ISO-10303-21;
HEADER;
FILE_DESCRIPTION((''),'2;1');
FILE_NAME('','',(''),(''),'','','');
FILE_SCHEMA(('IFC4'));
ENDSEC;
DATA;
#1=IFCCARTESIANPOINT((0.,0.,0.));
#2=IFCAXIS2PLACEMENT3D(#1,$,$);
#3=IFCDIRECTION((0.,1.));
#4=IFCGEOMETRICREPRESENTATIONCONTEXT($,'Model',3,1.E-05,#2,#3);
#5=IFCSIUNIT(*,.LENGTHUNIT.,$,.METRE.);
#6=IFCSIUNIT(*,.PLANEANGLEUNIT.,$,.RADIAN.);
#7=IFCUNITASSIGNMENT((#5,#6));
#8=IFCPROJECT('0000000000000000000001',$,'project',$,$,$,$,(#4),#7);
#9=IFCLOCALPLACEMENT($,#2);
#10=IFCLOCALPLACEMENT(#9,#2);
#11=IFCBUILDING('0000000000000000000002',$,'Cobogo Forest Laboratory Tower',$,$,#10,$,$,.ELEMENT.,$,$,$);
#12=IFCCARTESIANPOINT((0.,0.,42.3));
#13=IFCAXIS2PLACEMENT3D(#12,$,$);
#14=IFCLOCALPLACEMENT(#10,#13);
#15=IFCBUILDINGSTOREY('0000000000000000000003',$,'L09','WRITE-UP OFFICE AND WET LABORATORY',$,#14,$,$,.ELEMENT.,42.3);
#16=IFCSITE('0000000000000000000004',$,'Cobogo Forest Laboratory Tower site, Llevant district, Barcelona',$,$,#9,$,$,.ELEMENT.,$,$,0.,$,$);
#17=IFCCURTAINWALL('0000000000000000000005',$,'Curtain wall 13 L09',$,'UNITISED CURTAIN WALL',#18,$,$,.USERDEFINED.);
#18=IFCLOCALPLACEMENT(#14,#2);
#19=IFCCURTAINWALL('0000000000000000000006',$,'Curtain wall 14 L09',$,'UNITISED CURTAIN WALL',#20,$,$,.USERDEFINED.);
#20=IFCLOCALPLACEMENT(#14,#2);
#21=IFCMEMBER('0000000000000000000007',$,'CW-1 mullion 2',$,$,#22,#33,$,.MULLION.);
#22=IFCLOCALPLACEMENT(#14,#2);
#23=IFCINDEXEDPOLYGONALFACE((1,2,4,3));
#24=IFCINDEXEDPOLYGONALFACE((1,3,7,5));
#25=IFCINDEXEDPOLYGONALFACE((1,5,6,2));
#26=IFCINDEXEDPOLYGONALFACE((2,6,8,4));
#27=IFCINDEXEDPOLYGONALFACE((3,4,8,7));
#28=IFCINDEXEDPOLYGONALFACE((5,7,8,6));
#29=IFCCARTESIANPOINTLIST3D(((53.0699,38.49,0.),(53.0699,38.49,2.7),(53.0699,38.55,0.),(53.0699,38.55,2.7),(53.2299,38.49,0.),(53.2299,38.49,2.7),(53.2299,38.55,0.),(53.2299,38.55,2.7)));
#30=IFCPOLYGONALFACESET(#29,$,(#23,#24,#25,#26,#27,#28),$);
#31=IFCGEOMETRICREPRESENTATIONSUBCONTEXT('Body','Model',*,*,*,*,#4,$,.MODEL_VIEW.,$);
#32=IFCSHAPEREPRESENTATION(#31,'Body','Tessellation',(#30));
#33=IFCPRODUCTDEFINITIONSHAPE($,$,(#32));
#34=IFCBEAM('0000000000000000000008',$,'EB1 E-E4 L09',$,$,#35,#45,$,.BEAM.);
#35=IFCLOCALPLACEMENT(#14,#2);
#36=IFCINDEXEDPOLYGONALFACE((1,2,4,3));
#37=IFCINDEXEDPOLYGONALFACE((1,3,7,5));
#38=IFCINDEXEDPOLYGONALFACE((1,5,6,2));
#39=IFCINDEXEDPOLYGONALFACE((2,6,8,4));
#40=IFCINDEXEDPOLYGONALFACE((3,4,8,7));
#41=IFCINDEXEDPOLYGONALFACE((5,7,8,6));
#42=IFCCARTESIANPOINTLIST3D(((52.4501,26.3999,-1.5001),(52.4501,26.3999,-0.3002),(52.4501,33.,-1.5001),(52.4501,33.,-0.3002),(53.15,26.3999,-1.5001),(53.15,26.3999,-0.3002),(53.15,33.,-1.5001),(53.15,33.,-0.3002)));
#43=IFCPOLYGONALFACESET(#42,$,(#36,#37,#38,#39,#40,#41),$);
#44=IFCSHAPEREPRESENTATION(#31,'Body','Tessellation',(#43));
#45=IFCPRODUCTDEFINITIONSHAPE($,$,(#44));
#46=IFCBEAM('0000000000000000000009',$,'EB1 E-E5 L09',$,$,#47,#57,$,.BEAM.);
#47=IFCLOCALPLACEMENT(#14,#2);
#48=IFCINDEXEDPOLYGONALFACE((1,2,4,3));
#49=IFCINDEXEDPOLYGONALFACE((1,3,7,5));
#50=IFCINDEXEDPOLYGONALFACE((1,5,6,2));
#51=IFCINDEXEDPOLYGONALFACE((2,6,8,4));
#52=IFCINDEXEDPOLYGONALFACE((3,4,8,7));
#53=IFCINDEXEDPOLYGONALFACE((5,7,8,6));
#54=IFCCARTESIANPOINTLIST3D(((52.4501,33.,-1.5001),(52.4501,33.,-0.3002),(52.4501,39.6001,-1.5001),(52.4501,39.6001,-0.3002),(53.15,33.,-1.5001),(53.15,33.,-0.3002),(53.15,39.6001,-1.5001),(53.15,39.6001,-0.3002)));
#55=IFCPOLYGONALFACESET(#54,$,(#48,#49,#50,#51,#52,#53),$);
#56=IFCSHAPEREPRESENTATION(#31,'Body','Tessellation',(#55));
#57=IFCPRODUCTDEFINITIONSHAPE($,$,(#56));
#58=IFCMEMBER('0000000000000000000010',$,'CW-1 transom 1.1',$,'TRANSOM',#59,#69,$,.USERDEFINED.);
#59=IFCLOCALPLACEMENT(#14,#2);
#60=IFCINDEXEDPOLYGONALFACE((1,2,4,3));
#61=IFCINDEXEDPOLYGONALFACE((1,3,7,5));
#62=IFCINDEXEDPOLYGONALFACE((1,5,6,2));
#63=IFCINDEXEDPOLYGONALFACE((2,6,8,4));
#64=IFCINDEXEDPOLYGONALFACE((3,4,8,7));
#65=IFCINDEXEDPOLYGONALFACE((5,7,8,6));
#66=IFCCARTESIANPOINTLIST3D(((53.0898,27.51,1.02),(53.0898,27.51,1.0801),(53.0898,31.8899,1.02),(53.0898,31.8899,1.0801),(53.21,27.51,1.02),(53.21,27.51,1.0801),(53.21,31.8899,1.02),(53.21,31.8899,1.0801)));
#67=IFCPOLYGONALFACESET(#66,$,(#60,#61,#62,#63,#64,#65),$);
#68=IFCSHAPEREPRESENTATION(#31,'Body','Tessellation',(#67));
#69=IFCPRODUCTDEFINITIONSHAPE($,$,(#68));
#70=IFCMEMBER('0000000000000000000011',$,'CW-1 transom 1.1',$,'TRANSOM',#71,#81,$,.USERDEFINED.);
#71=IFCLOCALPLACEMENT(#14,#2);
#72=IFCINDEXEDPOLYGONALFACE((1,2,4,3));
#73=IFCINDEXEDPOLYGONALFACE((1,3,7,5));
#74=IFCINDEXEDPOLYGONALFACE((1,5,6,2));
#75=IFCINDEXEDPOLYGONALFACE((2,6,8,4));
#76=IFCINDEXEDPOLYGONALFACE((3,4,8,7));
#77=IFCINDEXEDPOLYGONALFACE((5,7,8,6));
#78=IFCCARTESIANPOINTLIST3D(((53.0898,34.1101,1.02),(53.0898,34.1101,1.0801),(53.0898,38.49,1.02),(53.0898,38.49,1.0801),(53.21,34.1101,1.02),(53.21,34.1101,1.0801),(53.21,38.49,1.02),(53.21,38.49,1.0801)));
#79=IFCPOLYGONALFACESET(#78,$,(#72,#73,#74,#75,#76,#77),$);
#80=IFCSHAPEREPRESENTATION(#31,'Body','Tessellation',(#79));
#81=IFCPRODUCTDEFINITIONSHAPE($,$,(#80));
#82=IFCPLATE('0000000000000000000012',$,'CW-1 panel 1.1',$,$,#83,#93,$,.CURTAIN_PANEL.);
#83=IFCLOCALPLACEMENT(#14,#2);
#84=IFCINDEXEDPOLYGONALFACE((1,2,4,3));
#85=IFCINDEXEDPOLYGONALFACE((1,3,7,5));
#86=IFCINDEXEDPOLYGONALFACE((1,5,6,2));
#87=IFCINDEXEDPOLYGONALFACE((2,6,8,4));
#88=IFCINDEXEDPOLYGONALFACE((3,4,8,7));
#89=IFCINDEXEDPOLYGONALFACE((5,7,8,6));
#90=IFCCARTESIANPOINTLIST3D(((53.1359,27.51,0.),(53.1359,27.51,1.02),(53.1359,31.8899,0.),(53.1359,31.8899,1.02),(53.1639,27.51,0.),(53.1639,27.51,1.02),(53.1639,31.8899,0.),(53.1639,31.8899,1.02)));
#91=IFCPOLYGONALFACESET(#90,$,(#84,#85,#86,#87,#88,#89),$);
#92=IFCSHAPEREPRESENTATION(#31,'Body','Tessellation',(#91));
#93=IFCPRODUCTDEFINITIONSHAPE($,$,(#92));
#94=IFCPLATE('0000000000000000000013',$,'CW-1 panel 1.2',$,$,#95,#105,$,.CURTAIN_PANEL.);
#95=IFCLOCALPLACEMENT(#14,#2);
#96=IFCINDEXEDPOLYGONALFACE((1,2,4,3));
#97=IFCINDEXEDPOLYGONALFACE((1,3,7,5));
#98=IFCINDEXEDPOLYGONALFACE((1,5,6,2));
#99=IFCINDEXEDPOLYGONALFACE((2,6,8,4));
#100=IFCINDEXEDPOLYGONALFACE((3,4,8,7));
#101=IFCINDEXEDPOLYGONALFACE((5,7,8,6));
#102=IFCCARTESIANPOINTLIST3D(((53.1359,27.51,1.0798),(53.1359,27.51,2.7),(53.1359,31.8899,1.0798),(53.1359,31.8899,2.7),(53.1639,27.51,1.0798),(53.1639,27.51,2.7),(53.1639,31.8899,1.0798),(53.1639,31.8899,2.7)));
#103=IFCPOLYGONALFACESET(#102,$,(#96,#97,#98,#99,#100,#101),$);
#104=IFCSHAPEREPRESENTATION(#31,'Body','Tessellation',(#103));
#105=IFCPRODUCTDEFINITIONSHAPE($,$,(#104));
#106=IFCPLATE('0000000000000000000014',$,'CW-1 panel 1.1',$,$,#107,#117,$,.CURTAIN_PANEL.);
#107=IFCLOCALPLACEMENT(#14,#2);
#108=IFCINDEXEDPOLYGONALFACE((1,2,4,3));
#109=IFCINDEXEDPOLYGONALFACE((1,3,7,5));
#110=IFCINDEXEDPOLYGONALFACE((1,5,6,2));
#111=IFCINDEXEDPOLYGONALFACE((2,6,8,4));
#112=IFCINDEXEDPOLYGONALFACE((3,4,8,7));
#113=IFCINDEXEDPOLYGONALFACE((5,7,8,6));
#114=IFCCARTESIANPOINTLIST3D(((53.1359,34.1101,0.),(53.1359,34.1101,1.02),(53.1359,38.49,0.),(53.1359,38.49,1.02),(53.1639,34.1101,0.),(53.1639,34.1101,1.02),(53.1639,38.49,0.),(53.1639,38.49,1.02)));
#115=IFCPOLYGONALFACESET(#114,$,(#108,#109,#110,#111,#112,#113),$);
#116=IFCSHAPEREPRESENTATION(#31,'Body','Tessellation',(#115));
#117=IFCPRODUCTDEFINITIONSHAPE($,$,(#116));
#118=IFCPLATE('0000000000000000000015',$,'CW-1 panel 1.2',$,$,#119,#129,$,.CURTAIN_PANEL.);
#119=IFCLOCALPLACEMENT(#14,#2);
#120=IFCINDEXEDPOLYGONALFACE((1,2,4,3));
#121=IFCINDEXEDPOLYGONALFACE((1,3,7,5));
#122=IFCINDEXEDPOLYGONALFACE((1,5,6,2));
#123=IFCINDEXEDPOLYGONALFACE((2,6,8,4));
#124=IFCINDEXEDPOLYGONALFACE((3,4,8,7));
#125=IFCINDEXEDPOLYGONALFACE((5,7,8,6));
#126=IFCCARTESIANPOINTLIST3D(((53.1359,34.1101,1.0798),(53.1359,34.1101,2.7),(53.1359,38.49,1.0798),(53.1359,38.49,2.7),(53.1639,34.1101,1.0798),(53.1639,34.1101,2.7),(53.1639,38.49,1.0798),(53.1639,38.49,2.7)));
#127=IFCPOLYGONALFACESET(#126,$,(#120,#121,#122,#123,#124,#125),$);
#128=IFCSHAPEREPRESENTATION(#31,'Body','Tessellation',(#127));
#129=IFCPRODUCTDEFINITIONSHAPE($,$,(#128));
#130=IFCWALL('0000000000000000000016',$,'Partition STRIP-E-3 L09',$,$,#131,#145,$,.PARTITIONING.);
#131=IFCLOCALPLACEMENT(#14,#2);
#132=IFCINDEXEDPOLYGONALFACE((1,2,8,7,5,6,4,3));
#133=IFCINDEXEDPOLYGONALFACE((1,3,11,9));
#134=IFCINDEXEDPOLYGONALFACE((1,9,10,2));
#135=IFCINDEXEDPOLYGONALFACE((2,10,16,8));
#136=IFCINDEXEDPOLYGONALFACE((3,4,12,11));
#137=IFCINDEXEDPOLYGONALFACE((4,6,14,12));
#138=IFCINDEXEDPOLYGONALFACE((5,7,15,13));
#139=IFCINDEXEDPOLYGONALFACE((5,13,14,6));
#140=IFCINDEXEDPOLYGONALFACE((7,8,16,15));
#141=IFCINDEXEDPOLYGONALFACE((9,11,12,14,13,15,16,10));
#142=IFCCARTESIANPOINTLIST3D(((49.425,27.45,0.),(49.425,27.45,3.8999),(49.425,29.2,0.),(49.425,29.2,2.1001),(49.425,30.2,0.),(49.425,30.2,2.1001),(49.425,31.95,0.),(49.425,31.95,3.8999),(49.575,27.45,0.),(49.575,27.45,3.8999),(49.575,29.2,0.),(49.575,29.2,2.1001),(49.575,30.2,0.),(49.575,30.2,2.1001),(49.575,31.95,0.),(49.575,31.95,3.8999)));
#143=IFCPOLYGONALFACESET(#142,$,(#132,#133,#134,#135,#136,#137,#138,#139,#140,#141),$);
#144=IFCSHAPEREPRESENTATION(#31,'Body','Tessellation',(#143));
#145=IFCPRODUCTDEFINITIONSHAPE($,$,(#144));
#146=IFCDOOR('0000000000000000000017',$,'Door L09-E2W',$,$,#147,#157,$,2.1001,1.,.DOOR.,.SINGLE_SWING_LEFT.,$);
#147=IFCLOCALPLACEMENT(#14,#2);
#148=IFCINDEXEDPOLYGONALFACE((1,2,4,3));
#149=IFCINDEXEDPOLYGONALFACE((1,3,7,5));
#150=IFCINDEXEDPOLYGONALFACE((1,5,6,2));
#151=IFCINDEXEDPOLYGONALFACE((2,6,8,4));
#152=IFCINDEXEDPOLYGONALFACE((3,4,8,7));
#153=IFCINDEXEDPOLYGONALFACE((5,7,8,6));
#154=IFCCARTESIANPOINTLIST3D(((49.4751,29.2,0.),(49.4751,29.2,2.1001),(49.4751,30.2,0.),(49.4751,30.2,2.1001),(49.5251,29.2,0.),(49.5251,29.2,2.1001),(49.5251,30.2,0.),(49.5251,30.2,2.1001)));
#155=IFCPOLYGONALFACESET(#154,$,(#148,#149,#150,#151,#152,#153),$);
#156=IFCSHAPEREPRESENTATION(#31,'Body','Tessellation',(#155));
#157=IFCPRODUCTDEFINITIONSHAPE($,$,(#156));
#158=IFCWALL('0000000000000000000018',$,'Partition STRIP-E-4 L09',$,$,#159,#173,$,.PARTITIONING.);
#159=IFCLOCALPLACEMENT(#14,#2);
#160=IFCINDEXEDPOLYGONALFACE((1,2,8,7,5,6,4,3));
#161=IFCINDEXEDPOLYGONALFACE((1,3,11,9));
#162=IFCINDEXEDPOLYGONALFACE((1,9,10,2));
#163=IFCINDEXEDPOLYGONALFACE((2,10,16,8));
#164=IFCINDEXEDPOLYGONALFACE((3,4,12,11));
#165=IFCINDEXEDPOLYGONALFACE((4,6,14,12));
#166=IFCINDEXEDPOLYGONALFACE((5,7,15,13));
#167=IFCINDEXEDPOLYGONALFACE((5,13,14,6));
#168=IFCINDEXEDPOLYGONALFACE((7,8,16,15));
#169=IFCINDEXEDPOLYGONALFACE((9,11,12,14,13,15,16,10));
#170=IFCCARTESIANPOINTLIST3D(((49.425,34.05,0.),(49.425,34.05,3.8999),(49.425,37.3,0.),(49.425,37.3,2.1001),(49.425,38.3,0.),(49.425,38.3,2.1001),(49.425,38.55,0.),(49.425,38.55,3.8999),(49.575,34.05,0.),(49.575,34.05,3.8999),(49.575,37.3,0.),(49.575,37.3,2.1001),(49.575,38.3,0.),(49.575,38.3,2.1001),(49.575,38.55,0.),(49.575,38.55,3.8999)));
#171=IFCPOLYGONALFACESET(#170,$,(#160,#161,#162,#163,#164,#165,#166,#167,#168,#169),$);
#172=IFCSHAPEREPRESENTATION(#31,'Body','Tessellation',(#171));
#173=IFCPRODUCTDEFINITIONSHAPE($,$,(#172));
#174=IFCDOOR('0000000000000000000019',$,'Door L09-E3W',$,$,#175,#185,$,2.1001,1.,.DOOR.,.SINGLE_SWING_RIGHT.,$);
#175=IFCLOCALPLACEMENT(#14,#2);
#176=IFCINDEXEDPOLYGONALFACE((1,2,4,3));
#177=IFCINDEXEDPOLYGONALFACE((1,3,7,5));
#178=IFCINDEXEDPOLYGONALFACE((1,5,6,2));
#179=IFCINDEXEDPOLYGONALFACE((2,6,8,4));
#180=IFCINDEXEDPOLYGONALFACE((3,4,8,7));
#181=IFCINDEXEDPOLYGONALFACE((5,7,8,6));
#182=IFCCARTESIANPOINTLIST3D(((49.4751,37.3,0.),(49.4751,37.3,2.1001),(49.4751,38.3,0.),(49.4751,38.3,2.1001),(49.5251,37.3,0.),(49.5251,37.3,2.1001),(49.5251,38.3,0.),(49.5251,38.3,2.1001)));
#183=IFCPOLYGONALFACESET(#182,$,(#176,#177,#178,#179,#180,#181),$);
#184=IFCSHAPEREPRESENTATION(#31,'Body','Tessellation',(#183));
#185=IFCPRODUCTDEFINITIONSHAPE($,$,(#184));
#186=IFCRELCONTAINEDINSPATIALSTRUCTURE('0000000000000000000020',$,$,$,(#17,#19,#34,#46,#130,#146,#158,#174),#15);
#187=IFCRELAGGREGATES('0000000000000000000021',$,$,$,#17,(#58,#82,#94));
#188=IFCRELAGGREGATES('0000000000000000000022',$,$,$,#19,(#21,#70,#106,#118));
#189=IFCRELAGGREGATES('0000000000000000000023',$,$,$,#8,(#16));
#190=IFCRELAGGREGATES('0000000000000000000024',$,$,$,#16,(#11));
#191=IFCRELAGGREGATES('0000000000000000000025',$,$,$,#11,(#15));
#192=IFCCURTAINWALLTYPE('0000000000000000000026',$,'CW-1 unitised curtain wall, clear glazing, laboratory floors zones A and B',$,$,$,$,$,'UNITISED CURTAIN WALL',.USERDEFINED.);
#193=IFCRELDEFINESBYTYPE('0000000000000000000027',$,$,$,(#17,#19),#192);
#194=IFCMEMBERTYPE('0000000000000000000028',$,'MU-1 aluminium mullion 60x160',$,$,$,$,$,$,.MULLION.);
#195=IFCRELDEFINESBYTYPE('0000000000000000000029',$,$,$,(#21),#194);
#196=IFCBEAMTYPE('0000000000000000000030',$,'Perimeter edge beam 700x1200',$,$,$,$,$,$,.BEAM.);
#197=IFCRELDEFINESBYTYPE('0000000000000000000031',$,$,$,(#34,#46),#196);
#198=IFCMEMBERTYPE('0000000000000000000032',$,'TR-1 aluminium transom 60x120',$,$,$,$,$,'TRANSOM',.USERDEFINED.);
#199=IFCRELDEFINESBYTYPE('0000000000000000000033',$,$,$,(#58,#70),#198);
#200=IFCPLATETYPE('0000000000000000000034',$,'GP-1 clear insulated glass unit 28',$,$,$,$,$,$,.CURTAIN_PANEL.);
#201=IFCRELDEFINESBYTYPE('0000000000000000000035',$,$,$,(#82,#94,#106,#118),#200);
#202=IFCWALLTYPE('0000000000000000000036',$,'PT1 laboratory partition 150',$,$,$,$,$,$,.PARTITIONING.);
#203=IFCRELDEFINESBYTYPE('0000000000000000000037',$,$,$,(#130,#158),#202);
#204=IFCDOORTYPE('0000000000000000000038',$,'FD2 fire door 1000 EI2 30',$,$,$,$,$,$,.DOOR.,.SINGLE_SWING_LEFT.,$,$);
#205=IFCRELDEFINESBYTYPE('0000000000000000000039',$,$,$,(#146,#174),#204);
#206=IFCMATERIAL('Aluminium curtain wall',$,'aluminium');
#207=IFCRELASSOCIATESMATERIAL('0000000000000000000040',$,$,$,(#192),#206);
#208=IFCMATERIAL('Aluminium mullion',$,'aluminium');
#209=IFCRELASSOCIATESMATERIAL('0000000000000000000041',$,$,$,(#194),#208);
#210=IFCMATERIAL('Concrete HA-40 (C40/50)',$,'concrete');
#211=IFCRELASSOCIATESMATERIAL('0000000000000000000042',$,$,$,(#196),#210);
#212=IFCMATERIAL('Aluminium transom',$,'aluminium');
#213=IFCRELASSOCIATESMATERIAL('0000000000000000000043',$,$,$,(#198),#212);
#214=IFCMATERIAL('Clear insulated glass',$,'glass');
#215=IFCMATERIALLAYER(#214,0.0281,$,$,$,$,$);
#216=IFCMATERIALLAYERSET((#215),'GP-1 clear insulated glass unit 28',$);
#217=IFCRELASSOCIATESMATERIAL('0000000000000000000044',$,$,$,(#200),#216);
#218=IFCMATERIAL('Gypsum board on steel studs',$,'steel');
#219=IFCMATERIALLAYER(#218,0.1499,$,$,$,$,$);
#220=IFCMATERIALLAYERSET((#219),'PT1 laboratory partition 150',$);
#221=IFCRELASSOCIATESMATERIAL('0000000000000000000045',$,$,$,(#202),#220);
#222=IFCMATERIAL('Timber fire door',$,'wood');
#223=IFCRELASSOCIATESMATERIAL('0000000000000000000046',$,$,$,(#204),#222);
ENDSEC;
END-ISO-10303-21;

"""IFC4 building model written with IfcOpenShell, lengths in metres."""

from ifc_helpers import new_model, si_unit, direction, frame, frame_2d, origin, origin_2d, place, context, subcontext, project, spatial, rectangle, extrude, material, layer, layer_set, material_profile, profile_set, type_object, element, fill, aggregate, save


model = new_model("IFC4")

# Units and contexts
model_context = context("Model", 3, precision=1e-05, world=origin(), true_north=direction((0.0, 1.0)))
body_context = subcontext(model_context, "Body", "Model", "MODEL_VIEW")
ifc_project = project(units=[si_unit("LENGTHUNIT", "METRE"), si_unit("PLANEANGLEUNIT", "RADIAN")], contexts=[model_context])

# Site, building, storey
site_placement = place(None, origin())
site = spatial("IfcSite", under=ifc_project, at=site_placement, Name="Cobogo Forest Laboratory Tower site, Llevant district, Barcelona", CompositionType="ELEMENT", RefElevation=0.0)
building_placement = place(site_placement, origin())
building = spatial("IfcBuilding", under=site, at=building_placement, Name="Cobogo Forest Laboratory Tower", CompositionType="ELEMENT")
storey_placement = place(building_placement, frame((0.0, 0.0, 42.3)))
storey = spatial("IfcBuildingStorey", under=building, at=storey_placement, Name="L09", Description="WRITE-UP OFFICE AND WET LABORATORY", CompositionType="ELEMENT", Elevation=42.3)

# Shared definitions
ifc_material_1 = material(Name="Concrete HA-40 (C40/50)", Category="concrete")

# Curtain walls, member
ifc_material_2 = material(Name="Aluminium curtain wall", Category="aluminium")
curtain_wall_type = type_object("IfcCurtainWallType", Name="CW-1 unitised curtain wall, clear glazing, laboratory floors zones A and B", ElementType="UNITISED CURTAIN WALL", PredefinedType="USERDEFINED", material=ifc_material_2)
curtain_wall_1_placement = place(storey_placement, origin())
curtain_wall_1 = element("IfcCurtainWall", 1, at=curtain_wall_1_placement, inside=storey, type_object=curtain_wall_type, Name="Curtain wall 13 L09", ObjectType="UNITISED CURTAIN WALL", PredefinedType="USERDEFINED")
ifc_material_3 = material(Name="Aluminium mullion", Category="aluminium")
ifc_material_profile_1 = material_profile(ifc_material_3, rectangle(XDim=0.0601, YDim=0.1599, at=origin_2d()), Name="AL 60x160")
ifc_profile_set_1 = profile_set([ifc_material_profile_1], Name="Aluminium mullion")
member_type_1 = type_object("IfcMemberType", Name="MU-1 aluminium mullion 60x160", PredefinedType="MULLION", material=ifc_profile_set_1)
curtain_wall_2_placement = place(storey_placement, origin())
curtain_wall_2 = element("IfcCurtainWall", 2, at=curtain_wall_2_placement, inside=storey, type_object=curtain_wall_type, Name="Curtain wall 14 L09", ObjectType="UNITISED CURTAIN WALL", PredefinedType="USERDEFINED")
member_1_placement = place(storey_placement, frame((53.1499, 38.52, 0.0), z_axis=(0.0, 0.0, 1.0), x_axis=(0.0, 1.0, 0.0)))
member_1 = element("IfcMember", 3, at=member_1_placement, type_object=member_type_1, Name="CW-1 mullion 2", PredefinedType="MULLION", context=body_context, shape_type="SweptSolid", body=[
    extrude(rectangle(XDim=0.0601, YDim=0.1599, at=origin_2d()), origin(), (0.0, 0.0, 1.0), 2.7),
])

# Beams
ifc_material_profile_2 = material_profile(ifc_material_1, rectangle(XDim=0.7, YDim=1.2, at=origin_2d()), Name="RC 700x1200")
ifc_profile_set_2 = profile_set([ifc_material_profile_2], Name="Concrete HA-40 (C40/50)")
beam_type_1 = type_object("IfcBeamType", Name="Perimeter edge beam 700x1200", PredefinedType="BEAM", material=ifc_profile_set_2)
for number, where, z_axis, x_axis, name in (
    (4, (52.8, 26.3999, -0.9001), (0.0, 1.0, 0.0), (-1.0, 0.0, 0.0), "EB1 E-E4 L09"),
    (5, (52.8, 33.0, -0.9001), (0.0, 1.0, 0.0), (-1.0, 0.0, 0.0), "EB1 E-E5 L09"),
):
    element("IfcBeam", number, at=place(storey_placement, frame(where, z_axis=z_axis, x_axis=x_axis)), inside=storey, type_object=beam_type_1, Name=name, PredefinedType="BEAM", context=body_context, shape_type="SweptSolid", body=[
        extrude(rectangle(XDim=0.7, YDim=1.2, at=origin_2d()), origin(), (0.0, 0.0, 1.0), 6.6001),
    ])

# Members
ifc_material_4 = material(Name="Aluminium transom", Category="aluminium")
ifc_material_profile_3 = material_profile(ifc_material_4, rectangle(XDim=0.1201, YDim=0.0601, at=origin_2d()), Name="AL 60x120")
ifc_profile_set_3 = profile_set([ifc_material_profile_3], Name="Aluminium transom")
member_type_2 = type_object("IfcMemberType", Name="TR-1 aluminium transom 60x120", ElementType="TRANSOM", PredefinedType="USERDEFINED", material=ifc_profile_set_3)
member_2_placement = place(storey_placement, frame((53.1499, 27.51, 1.05), z_axis=(0.0, 1.0, 0.0), x_axis=(-1.0, 0.0, 0.0)))
member_2 = element("IfcMember", 6, at=member_2_placement, type_object=member_type_2, Name="CW-1 transom 1.1", ObjectType="TRANSOM", PredefinedType="USERDEFINED", context=body_context, shape_type="SweptSolid", body=[
    extrude(rectangle(XDim=0.1201, YDim=0.0601, at=origin_2d()), origin(), (0.0, 0.0, 1.0), 4.3799),
])
member_3_placement = place(storey_placement, frame((53.1499, 34.1101, 1.05), z_axis=(0.0, 1.0, 0.0), x_axis=(-1.0, 0.0, 0.0)))
member_3 = element("IfcMember", 7, at=member_3_placement, type_object=member_type_2, Name="CW-1 transom 1.1", ObjectType="TRANSOM", PredefinedType="USERDEFINED", context=body_context, shape_type="SweptSolid", body=[
    extrude(rectangle(XDim=0.1201, YDim=0.0601, at=origin_2d()), origin(), (0.0, 0.0, 1.0), 4.3799),
])

# Plates
ifc_material_5 = material(Name="Clear insulated glass", Category="glass")
ifc_layer_1 = layer(ifc_material_5, 0.0281)
ifc_layer_set_1 = layer_set([ifc_layer_1], Name="GP-1 clear insulated glass unit 28")
plate_type_1 = type_object("IfcPlateType", Name="GP-1 clear insulated glass unit 28", PredefinedType="CURTAIN_PANEL", material=ifc_layer_set_1)
plate_1_placement = place(storey_placement, frame((53.1499, 29.7, 0.0), z_axis=(0.0, 0.0, 1.0), x_axis=(0.0, 1.0, 0.0)))
plate_1 = element("IfcPlate", 8, at=plate_1_placement, type_object=plate_type_1, Name="CW-1 panel 1.1", PredefinedType="CURTAIN_PANEL", context=body_context, shape_type="SweptSolid", body=[
    extrude(rectangle(XDim=4.3799, YDim=0.0281, at=origin_2d()), origin(), (0.0, 0.0, 1.0), 1.02),
])
plate_2_placement = place(storey_placement, frame((53.1499, 29.7, 1.0798), z_axis=(0.0, 0.0, 1.0), x_axis=(0.0, 1.0, 0.0)))
plate_2 = element("IfcPlate", 9, at=plate_2_placement, type_object=plate_type_1, Name="CW-1 panel 1.2", PredefinedType="CURTAIN_PANEL", context=body_context, shape_type="SweptSolid", body=[
    extrude(rectangle(XDim=4.3799, YDim=0.0281, at=origin_2d()), origin(), (0.0, 0.0, 1.0), 1.6201),
])
aggregate(curtain_wall_1, [member_2, plate_1, plate_2])
plate_3_placement = place(storey_placement, frame((53.1499, 36.3, 0.0), z_axis=(0.0, 0.0, 1.0), x_axis=(0.0, 1.0, 0.0)))
plate_3 = element("IfcPlate", 10, at=plate_3_placement, type_object=plate_type_1, Name="CW-1 panel 1.1", PredefinedType="CURTAIN_PANEL", context=body_context, shape_type="SweptSolid", body=[
    extrude(rectangle(XDim=4.3799, YDim=0.0281, at=origin_2d()), origin(), (0.0, 0.0, 1.0), 1.02),
])
plate_4_placement = place(storey_placement, frame((53.1499, 36.3, 1.0798), z_axis=(0.0, 0.0, 1.0), x_axis=(0.0, 1.0, 0.0)))
plate_4 = element("IfcPlate", 11, at=plate_4_placement, type_object=plate_type_1, Name="CW-1 panel 1.2", PredefinedType="CURTAIN_PANEL", context=body_context, shape_type="SweptSolid", body=[
    extrude(rectangle(XDim=4.3799, YDim=0.0281, at=origin_2d()), origin(), (0.0, 0.0, 1.0), 1.6201),
])
aggregate(curtain_wall_2, [member_1, member_3, plate_3, plate_4])

# Walls, openings, doors
ifc_material_6 = material(Name="Gypsum board on steel studs", Category="steel")
ifc_layer_2 = layer(ifc_material_6, 0.1499)
ifc_layer_set_2 = layer_set([ifc_layer_2], Name="PT1 laboratory partition 150")
wall_type = type_object("IfcWallType", Name="PT1 laboratory partition 150", PredefinedType="PARTITIONING", material=ifc_layer_set_2)
wall_1_placement = place(storey_placement, frame((49.5, 27.45, 0.0), z_axis=(0.0, 0.0, 1.0), x_axis=(0.0, 1.0, 0.0)))
wall_1 = element("IfcWall", 12, at=wall_1_placement, inside=storey, type_object=wall_type, Name="Partition STRIP-E-3 L09", PredefinedType="PARTITIONING", context=body_context, shape_type="SweptSolid", body=[
    extrude(rectangle(XDim=4.5, YDim=0.1499, at=frame_2d((2.25, 0.0))), origin(), (0.0, 0.0, 1.0), 3.8999),
])
opening_1_placement = place(wall_1_placement, frame((1.75, 0.0, 0.0)))
opening_1 = element("IfcOpeningElement", 13, at=opening_1_placement, cuts=wall_1, PredefinedType="OPENING", context=body_context, shape_type="SweptSolid", body=[
    extrude(rectangle(XDim=1.0, YDim=2.1001, at=frame_2d((0.5, 1.05))), frame((0.0, 0.085, 0.0), z_axis=(0.0, -1.0, 0.0), x_axis=(1.0, 0.0, 0.0)), (0.0, 0.0, 1.0), 0.1699),
])
ifc_material_7 = material(Name="Timber fire door", Category="wood")
door_type = type_object("IfcDoorType", Name="FD2 fire door 1000 EI2 30", OperationType="SINGLE_SWING_LEFT", PredefinedType="DOOR", material=ifc_material_7)
door_1_placement = place(opening_1_placement, origin())
door_1 = element("IfcDoor", 14, at=door_1_placement, inside=storey, type_object=door_type, Name="Door L09-E2W", OperationType="SINGLE_SWING_LEFT", OverallHeight=2.1001, OverallWidth=1.0, PredefinedType="DOOR", context=body_context, shape_type="SweptSolid", body=[
    extrude(rectangle(XDim=1.0, YDim=2.1001, at=frame_2d((0.5, 1.05))), frame((0.0, 0.0249, 0.0), z_axis=(0.0, -1.0, 0.0), x_axis=(1.0, 0.0, 0.0)), (0.0, 0.0, 1.0), 0.05),
])
fill(opening_1, door_1)
wall_2_placement = place(storey_placement, frame((49.5, 34.05, 0.0), z_axis=(0.0, 0.0, 1.0), x_axis=(0.0, 1.0, 0.0)))
wall_2 = element("IfcWall", 15, at=wall_2_placement, inside=storey, type_object=wall_type, Name="Partition STRIP-E-4 L09", PredefinedType="PARTITIONING", context=body_context, shape_type="SweptSolid", body=[
    extrude(rectangle(XDim=4.5, YDim=0.1499, at=frame_2d((2.25, 0.0))), origin(), (0.0, 0.0, 1.0), 3.8999),
])
opening_2_placement = place(wall_2_placement, frame((3.25, 0.0, 0.0)))
opening_2 = element("IfcOpeningElement", 16, at=opening_2_placement, cuts=wall_2, PredefinedType="OPENING", context=body_context, shape_type="SweptSolid", body=[
    extrude(rectangle(XDim=1.0, YDim=2.1001, at=frame_2d((0.5, 1.05))), frame((0.0, 0.085, 0.0), z_axis=(0.0, -1.0, 0.0), x_axis=(1.0, 0.0, 0.0)), (0.0, 0.0, 1.0), 0.1699),
])
door_2_placement = place(opening_2_placement, origin())
door_2 = element("IfcDoor", 17, at=door_2_placement, inside=storey, type_object=door_type, Name="Door L09-E3W", OperationType="SINGLE_SWING_RIGHT", OverallHeight=2.1001, OverallWidth=1.0, PredefinedType="DOOR", context=body_context, shape_type="SweptSolid", body=[
    extrude(rectangle(XDim=1.0, YDim=2.1001, at=frame_2d((0.5, 1.05))), frame((0.0, 0.0249, 0.0), z_axis=(0.0, -1.0, 0.0), x_axis=(1.0, 0.0, 0.0)), (0.0, 0.0, 1.0), 0.05),
])
fill(opening_2, door_2)

save(model, "model.ifc")
